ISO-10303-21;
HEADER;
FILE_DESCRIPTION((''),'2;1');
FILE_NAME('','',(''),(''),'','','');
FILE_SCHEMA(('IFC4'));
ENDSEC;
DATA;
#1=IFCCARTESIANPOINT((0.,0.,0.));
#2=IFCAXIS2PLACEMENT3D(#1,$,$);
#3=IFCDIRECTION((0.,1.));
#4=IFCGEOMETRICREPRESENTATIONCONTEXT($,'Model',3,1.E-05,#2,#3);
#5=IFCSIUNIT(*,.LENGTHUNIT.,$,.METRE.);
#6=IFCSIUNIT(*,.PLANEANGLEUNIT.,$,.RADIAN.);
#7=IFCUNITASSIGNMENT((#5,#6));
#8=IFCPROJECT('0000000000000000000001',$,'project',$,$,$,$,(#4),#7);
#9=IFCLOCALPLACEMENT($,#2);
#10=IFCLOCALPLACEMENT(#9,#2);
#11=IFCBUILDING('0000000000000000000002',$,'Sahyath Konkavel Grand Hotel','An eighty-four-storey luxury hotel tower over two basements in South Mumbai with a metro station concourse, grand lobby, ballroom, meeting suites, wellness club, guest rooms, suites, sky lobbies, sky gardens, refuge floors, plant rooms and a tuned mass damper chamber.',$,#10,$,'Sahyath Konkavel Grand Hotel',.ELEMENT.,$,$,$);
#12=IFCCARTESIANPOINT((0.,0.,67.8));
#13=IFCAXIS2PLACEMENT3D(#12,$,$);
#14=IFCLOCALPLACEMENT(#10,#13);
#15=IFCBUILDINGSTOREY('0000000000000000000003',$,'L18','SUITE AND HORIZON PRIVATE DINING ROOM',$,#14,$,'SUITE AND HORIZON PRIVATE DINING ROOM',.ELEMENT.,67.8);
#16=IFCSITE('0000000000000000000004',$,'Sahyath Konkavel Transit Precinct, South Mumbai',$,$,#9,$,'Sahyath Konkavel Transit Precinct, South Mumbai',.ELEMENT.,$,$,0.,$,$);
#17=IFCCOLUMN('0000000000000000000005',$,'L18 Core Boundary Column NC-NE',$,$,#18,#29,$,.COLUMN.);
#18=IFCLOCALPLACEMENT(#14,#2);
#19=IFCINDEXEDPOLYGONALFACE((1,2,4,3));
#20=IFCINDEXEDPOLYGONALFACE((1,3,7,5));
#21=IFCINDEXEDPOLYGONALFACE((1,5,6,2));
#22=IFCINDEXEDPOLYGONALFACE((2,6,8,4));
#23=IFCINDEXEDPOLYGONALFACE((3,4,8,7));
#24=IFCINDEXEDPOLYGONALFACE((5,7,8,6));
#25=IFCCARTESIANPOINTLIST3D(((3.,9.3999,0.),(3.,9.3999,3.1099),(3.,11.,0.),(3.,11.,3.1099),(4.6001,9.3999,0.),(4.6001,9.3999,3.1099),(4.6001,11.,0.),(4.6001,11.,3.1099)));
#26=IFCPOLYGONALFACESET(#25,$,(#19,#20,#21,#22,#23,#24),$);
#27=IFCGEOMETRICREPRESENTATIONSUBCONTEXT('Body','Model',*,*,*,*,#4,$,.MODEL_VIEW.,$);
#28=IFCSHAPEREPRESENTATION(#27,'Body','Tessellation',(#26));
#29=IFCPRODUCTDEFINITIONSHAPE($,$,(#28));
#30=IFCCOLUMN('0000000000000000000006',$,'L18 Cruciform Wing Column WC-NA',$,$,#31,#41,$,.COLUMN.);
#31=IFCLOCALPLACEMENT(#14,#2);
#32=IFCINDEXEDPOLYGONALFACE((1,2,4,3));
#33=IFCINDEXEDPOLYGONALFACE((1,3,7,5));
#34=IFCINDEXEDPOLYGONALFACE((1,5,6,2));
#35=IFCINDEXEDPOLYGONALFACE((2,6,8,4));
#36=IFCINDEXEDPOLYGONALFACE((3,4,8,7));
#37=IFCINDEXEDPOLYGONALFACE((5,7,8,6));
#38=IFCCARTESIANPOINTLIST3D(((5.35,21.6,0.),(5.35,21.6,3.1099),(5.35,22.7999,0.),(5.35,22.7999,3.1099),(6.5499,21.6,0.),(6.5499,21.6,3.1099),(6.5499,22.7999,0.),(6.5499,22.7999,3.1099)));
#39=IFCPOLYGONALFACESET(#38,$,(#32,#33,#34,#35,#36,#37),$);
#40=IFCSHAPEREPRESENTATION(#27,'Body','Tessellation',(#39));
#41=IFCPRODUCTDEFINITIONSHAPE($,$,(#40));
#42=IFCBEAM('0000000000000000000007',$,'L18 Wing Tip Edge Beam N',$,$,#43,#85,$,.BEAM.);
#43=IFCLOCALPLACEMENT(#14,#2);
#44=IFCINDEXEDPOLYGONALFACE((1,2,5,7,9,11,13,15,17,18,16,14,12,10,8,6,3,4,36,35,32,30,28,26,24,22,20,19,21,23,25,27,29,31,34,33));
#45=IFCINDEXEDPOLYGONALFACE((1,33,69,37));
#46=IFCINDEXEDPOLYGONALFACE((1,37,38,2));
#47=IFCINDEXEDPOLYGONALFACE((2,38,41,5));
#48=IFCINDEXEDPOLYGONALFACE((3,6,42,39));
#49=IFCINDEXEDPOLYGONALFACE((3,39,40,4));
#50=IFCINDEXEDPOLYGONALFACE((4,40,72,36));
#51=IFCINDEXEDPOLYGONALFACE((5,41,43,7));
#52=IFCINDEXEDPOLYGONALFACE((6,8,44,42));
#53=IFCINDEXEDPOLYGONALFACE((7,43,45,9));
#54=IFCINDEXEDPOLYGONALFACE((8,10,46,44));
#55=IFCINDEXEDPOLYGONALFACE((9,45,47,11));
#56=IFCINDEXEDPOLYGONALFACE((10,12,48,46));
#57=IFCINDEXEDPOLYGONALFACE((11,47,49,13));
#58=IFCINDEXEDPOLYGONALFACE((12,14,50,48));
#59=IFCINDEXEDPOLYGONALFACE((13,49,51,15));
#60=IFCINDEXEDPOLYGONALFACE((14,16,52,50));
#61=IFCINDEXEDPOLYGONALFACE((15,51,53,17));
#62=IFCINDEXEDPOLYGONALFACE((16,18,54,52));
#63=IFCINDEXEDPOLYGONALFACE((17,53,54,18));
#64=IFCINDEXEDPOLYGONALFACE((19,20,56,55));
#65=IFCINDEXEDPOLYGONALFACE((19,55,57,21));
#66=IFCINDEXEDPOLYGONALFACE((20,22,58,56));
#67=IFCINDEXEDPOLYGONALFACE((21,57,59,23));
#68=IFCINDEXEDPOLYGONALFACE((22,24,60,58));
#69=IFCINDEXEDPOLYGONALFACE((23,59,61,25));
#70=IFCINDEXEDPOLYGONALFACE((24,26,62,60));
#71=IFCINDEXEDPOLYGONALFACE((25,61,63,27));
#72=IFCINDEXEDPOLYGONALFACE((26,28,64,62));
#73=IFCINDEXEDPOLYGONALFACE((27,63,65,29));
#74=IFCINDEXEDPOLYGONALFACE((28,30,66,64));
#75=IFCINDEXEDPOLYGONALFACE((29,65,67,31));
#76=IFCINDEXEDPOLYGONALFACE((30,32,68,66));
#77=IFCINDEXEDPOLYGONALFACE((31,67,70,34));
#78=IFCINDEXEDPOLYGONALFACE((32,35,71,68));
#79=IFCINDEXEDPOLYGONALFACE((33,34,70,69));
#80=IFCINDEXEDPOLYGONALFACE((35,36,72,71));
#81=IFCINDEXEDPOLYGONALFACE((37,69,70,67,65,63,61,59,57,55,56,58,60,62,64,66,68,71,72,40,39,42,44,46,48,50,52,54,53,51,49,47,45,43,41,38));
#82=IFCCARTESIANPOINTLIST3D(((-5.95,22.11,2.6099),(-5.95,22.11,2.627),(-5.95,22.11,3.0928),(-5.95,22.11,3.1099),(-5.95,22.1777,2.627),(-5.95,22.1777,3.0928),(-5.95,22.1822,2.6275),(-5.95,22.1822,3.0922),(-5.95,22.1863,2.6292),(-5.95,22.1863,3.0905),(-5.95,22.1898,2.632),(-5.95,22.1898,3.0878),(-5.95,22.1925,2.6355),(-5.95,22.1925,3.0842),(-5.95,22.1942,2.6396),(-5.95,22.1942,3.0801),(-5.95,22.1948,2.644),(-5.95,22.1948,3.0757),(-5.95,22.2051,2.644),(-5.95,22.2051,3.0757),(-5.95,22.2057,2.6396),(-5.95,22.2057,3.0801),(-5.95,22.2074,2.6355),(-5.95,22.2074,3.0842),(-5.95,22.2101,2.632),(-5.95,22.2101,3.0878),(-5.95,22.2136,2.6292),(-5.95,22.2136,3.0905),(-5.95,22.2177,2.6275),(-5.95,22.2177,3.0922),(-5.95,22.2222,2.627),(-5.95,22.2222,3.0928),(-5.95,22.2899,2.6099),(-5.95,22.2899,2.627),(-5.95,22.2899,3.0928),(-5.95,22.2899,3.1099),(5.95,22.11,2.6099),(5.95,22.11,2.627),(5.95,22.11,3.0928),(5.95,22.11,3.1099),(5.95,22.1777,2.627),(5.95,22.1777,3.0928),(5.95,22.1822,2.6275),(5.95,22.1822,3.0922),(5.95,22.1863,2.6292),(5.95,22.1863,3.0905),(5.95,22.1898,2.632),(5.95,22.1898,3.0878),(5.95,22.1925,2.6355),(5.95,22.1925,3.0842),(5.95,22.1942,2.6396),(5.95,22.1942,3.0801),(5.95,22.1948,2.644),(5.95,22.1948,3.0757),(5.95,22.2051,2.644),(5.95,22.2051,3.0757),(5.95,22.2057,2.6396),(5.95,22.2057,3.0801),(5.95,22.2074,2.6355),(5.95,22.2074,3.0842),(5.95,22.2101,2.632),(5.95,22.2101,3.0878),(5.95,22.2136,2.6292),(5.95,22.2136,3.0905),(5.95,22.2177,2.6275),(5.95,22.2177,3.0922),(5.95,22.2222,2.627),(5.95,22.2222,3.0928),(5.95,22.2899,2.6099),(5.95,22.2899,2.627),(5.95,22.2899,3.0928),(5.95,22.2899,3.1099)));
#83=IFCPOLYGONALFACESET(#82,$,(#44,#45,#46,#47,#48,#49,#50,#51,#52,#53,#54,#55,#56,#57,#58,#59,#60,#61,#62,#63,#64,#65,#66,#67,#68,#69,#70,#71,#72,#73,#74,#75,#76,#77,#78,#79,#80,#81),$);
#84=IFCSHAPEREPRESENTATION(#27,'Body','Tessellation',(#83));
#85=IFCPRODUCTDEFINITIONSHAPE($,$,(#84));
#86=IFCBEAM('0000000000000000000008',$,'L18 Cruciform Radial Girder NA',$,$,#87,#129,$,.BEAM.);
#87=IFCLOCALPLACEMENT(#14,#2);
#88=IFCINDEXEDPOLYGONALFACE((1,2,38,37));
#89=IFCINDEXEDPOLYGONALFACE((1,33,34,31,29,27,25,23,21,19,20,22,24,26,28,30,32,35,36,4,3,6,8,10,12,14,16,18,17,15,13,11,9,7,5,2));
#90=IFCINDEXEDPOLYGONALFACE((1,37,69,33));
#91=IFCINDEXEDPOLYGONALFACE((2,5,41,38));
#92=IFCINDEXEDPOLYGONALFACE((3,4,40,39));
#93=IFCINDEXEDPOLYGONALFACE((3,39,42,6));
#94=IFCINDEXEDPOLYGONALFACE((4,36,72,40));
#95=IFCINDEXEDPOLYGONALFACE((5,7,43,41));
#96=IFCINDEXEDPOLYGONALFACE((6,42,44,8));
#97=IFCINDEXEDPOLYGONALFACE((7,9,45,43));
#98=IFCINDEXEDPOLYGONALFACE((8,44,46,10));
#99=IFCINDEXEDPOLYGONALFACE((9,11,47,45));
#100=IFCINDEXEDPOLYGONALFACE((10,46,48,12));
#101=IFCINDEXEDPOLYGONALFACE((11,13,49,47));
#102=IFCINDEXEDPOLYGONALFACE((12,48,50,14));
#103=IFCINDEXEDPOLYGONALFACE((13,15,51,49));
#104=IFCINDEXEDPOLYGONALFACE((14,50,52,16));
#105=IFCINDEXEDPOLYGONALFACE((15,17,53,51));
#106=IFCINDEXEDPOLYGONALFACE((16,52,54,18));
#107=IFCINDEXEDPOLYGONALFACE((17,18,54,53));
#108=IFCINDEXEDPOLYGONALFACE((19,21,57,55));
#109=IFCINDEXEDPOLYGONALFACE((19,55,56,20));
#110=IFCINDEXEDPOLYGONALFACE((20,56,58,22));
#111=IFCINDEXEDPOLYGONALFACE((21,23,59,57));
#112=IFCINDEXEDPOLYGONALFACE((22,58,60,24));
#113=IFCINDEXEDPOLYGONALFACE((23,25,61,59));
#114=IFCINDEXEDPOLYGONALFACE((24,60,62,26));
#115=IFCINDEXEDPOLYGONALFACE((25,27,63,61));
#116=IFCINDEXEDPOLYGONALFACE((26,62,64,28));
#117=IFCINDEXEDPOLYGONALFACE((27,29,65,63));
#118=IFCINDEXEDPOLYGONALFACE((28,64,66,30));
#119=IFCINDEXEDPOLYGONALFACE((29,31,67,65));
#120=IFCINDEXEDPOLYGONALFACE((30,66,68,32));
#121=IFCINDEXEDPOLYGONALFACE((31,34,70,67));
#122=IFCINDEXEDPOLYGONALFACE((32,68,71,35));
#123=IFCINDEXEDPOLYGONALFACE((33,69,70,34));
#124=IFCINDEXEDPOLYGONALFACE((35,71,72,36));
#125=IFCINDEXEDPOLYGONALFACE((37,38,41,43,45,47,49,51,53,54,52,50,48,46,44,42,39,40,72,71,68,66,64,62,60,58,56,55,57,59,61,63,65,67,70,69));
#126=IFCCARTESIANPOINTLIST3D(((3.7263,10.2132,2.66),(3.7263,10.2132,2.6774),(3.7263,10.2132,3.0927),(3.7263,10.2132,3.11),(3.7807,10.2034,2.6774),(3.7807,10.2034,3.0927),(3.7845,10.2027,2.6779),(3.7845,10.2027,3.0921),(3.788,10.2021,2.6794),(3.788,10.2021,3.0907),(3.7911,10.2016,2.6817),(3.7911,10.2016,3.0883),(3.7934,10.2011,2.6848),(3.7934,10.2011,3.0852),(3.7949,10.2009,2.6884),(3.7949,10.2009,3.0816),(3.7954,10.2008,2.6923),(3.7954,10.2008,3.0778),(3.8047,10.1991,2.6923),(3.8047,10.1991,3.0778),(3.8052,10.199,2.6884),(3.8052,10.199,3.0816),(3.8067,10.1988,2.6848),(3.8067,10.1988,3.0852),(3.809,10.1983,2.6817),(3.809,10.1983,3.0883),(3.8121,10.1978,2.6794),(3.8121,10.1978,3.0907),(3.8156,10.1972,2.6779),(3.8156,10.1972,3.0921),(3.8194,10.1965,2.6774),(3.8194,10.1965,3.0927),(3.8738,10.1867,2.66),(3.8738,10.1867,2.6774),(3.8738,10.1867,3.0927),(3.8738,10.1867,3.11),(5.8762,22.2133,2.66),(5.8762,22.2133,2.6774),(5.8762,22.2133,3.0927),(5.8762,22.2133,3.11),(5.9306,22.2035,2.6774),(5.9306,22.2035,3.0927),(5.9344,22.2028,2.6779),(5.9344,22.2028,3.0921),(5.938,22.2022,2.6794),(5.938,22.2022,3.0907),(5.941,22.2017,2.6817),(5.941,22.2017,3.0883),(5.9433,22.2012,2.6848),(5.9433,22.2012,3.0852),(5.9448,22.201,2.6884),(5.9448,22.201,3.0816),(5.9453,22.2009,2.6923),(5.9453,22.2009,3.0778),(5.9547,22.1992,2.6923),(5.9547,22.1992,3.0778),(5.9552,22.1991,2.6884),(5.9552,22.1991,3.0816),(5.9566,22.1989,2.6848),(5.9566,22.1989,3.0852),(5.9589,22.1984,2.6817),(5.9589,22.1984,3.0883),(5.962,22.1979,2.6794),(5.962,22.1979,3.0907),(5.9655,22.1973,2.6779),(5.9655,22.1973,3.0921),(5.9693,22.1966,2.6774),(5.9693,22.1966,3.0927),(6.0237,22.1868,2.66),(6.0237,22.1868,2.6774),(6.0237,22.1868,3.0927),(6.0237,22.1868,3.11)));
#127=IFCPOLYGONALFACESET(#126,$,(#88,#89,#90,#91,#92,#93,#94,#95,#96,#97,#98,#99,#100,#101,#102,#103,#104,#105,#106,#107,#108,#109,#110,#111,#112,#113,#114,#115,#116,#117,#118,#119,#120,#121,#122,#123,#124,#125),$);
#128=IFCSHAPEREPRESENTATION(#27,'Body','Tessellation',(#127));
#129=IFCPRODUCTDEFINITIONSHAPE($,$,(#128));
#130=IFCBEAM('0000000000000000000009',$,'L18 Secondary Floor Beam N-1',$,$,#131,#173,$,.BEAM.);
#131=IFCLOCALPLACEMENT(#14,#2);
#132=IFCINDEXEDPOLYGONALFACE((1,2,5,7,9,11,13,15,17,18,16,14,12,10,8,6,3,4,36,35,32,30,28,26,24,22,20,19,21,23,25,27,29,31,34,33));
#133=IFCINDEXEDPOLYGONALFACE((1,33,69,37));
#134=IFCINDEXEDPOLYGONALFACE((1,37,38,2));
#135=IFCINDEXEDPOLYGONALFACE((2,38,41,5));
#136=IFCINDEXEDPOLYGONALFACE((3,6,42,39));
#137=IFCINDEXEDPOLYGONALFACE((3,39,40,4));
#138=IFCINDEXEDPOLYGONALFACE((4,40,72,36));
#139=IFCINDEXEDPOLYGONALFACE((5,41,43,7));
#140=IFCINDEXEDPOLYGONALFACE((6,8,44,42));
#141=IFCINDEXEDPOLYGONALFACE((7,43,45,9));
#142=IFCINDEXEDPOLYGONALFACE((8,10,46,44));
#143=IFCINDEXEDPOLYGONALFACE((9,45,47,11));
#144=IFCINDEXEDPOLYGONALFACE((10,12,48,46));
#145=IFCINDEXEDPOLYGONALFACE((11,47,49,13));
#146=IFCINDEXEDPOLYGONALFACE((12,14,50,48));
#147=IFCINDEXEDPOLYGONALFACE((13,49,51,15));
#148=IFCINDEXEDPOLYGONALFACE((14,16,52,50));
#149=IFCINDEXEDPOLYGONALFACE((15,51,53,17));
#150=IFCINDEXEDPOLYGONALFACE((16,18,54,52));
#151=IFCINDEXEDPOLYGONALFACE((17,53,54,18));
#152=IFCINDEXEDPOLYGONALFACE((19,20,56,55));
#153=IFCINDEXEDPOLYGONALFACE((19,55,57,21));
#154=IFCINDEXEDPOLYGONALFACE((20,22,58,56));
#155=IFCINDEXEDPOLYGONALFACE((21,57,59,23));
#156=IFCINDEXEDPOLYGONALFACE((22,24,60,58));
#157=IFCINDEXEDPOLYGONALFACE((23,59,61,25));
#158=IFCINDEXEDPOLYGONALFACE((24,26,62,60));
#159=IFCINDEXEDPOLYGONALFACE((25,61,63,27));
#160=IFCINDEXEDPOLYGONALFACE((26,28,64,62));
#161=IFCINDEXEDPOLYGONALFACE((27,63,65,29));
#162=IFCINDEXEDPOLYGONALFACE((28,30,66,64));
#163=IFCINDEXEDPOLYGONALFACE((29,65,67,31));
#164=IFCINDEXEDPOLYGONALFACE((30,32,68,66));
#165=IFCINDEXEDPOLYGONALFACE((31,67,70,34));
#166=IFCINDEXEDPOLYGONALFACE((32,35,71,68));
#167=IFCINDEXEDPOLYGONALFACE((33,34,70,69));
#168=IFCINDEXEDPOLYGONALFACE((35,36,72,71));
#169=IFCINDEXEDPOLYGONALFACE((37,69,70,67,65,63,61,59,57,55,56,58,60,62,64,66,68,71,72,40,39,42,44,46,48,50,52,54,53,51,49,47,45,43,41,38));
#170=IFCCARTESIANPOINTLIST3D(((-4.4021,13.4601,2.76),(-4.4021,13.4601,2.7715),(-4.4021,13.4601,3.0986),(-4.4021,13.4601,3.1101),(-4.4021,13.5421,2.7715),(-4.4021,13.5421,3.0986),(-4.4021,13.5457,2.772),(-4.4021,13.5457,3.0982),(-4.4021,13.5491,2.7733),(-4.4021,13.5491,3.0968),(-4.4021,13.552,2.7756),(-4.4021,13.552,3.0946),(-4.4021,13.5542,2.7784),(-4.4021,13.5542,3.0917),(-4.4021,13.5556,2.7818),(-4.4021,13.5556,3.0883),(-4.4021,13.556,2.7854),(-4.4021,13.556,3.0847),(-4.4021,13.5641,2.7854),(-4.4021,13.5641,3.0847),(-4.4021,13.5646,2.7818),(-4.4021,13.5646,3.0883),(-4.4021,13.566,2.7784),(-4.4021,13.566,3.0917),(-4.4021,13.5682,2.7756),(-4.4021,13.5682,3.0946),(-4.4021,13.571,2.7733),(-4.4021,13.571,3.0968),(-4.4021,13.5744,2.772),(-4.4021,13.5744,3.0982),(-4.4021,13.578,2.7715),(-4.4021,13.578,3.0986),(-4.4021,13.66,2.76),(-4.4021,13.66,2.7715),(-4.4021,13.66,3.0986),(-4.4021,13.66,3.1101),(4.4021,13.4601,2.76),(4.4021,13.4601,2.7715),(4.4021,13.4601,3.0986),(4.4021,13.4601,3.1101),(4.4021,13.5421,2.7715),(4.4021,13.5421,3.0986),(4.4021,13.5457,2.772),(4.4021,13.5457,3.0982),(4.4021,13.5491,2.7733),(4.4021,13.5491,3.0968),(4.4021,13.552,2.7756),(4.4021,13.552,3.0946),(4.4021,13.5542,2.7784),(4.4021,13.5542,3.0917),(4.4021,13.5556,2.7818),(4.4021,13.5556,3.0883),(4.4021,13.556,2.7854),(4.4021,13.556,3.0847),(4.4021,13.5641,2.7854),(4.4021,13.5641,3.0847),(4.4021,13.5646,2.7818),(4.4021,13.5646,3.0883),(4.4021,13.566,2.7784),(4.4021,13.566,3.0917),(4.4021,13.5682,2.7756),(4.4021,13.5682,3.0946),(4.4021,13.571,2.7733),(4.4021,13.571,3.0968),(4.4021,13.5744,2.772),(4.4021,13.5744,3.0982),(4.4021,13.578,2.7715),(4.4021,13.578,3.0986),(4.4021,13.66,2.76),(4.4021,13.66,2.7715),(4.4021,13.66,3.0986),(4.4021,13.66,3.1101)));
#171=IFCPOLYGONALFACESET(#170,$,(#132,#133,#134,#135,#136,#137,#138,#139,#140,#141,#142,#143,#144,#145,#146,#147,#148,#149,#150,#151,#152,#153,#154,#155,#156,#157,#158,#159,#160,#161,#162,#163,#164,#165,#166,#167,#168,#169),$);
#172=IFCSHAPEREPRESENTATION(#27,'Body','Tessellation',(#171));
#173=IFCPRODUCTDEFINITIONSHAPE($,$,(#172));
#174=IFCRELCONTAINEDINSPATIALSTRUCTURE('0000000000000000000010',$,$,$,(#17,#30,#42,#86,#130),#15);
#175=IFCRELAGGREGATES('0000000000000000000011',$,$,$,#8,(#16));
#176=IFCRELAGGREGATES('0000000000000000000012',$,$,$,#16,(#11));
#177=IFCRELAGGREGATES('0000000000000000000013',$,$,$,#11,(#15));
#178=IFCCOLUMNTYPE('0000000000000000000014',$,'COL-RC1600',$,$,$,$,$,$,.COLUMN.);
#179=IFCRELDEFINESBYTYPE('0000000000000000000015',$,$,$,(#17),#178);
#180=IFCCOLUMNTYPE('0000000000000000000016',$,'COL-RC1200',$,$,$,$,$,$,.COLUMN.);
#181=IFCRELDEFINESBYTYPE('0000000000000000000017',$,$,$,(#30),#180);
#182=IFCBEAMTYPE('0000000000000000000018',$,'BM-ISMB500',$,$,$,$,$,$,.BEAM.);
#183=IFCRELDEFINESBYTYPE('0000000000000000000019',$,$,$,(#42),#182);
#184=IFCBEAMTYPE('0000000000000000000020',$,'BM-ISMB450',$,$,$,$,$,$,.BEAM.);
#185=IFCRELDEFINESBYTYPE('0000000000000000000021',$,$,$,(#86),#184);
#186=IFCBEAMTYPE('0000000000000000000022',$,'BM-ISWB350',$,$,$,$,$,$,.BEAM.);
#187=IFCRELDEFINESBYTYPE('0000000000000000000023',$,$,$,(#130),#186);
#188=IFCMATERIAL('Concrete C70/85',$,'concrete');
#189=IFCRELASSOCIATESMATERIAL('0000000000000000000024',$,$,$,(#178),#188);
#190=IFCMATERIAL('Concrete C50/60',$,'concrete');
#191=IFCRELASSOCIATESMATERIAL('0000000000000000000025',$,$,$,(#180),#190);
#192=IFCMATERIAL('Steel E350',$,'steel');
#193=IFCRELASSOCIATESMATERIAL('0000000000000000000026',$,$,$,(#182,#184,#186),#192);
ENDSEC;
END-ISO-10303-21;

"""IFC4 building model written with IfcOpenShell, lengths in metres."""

from ifc_helpers import new_model, si_unit, direction, frame, origin, origin_2d, place, context, subcontext, project, spatial, rectangle, i_section, extrude, source, transform, mapped, material, material_profile, profile_set, type_object, element, save


model = new_model("IFC4")

# Units and contexts
model_context = context("Model", 3, precision=1e-05, world=origin(), true_north=direction((0.0, 1.0)))
body_context = subcontext(model_context, "Body", "Model", "MODEL_VIEW")
ifc_project = project(units=[si_unit("LENGTHUNIT", "METRE"), si_unit("PLANEANGLEUNIT", "RADIAN")], contexts=[model_context])

# Site, building, storey
site_placement = place(None, origin())
site = spatial("IfcSite", under=ifc_project, at=site_placement, Name="Sahyath Konkavel Transit Precinct, South Mumbai", LongName="Sahyath Konkavel Transit Precinct, South Mumbai", CompositionType="ELEMENT", RefElevation=0.0)
building_placement = place(site_placement, origin())
building = spatial("IfcBuilding", under=site, at=building_placement, Name="Sahyath Konkavel Grand Hotel", Description="An eighty-four-storey luxury hotel tower over two basements in South Mumbai with a metro station concourse, grand lobby, ballroom, meeting suites, wellness club, guest rooms, suites, sky lobbies, sky gardens, refuge floors, plant rooms and a tuned mass damper chamber.", LongName="Sahyath Konkavel Grand Hotel", CompositionType="ELEMENT")
storey_placement = place(building_placement, frame((0.0, 0.0, 67.8)))
storey = spatial("IfcBuildingStorey", under=building, at=storey_placement, Name="L18", Description="SUITE AND HORIZON PRIVATE DINING ROOM", LongName="SUITE AND HORIZON PRIVATE DINING ROOM", CompositionType="ELEMENT", Elevation=67.8)

# Columns
ifc_material_1 = material(Name="Concrete C70/85", Category="concrete")
ifc_material_profile_1 = material_profile(ifc_material_1, rectangle(XDim=1.6001, YDim=1.6001, at=origin_2d()), Name="RC 1600x1600")
ifc_profile_set_1 = profile_set([ifc_material_profile_1], Name="Concrete C70/85")
column_type_1 = type_object("IfcColumnType", Name="COL-RC1600", PredefinedType="COLUMN", material=ifc_profile_set_1)
shared_shape_1 = source(origin(), body_context, "Body", "SweptSolid", [
    extrude(rectangle(XDim=1.6001, YDim=1.6001, at=origin_2d()), origin(), (0.0, 0.0, 1.0), 3.1099),
])
column_1_placement = place(storey_placement, frame((3.8, 10.2, 0.0), z_axis=(0.0, 0.0, 1.0), x_axis=(1.0, 0.0, 0.0)))
element("IfcColumn", 1, at=column_1_placement, inside=storey, type_object=column_type_1, Name="L18 Core Boundary Column NC-NE", PredefinedType="COLUMN", context=body_context, shape_type="MappedRepresentation", body=[
    mapped(shared_shape_1, transform((0.0, 0.0, 0.0), scale=1.0)),
])
ifc_material_2 = material(Name="Concrete C50/60", Category="concrete")
ifc_material_profile_2 = material_profile(ifc_material_2, rectangle(XDim=1.2, YDim=1.2, at=origin_2d()), Name="RC 1200x1200")
ifc_profile_set_2 = profile_set([ifc_material_profile_2], Name="Concrete C50/60")
column_type_2 = type_object("IfcColumnType", Name="COL-RC1200", PredefinedType="COLUMN", material=ifc_profile_set_2)
shared_shape_2 = source(origin(), body_context, "Body", "SweptSolid", [
    extrude(rectangle(XDim=1.2, YDim=1.2, at=origin_2d()), origin(), (0.0, 0.0, 1.0), 3.1099),
])
column_2_placement = place(storey_placement, frame((5.95, 22.2, 0.0), z_axis=(0.0, 0.0, 1.0), x_axis=(1.0, 0.0, 0.0)))
element("IfcColumn", 2, at=column_2_placement, inside=storey, type_object=column_type_2, Name="L18 Cruciform Wing Column WC-NA", PredefinedType="COLUMN", context=body_context, shape_type="MappedRepresentation", body=[
    mapped(shared_shape_2, transform((0.0, 0.0, 0.0), scale=1.0)),
])

# Beams
ifc_material_3 = material(Name="Steel E350", Category="steel")
ifc_material_profile_3 = material_profile(ifc_material_3, i_section(OverallWidth=0.1799, OverallDepth=0.5, WebThickness=0.0103, FlangeThickness=0.0171, FilletRadius=0.0171, at=origin_2d()), Name="ISMB 500")
ifc_profile_set_3 = profile_set([ifc_material_profile_3], Name="Steel E350")
beam_type_1 = type_object("IfcBeamType", Name="BM-ISMB500", PredefinedType="BEAM", material=ifc_profile_set_3)
shared_shape_3 = source(origin(), body_context, "Body", "SweptSolid", [
    extrude(i_section(OverallWidth=0.1799, OverallDepth=0.5, WebThickness=0.0103, FlangeThickness=0.0171, FilletRadius=0.0171, at=origin_2d()), origin(), (0.0, 0.0, 1.0), 11.8999),
])
beam_1_placement = place(storey_placement, frame((5.95, 22.2, 2.8599), z_axis=(-1.0, 0.0, 0.0), x_axis=(0.0, -1.0, 0.0)))
element("IfcBeam", 3, at=beam_1_placement, inside=storey, type_object=beam_type_1, Name="L18 Wing Tip Edge Beam N", PredefinedType="BEAM", context=body_context, shape_type="MappedRepresentation", body=[
    mapped(shared_shape_3, transform((0.0, 0.0, 0.0), scale=1.0)),
])
ifc_material_profile_4 = material_profile(ifc_material_3, i_section(OverallWidth=0.1499, OverallDepth=0.45, WebThickness=0.0095, FlangeThickness=0.0173, FilletRadius=0.0149, at=origin_2d()), Name="ISMB 450")
ifc_profile_set_4 = profile_set([ifc_material_profile_4], Name="Steel E350")
beam_type_2 = type_object("IfcBeamType", Name="BM-ISMB450", PredefinedType="BEAM", material=ifc_profile_set_4)
shared_shape_4 = source(origin(), body_context, "Body", "SweptSolid", [
    extrude(i_section(OverallWidth=0.1499, OverallDepth=0.45, WebThickness=0.0095, FlangeThickness=0.0173, FilletRadius=0.0149, at=origin_2d()), origin(), (0.0, 0.0, 1.0), 12.1912),
])
beam_2_placement = place(storey_placement, frame((3.8, 10.2, 2.885), z_axis=(0.176351, 0.984327, 0.0), x_axis=(-0.984327, 0.176351, 0.0)))
element("IfcBeam", 4, at=beam_2_placement, inside=storey, type_object=beam_type_2, Name="L18 Cruciform Radial Girder NA", PredefinedType="BEAM", context=body_context, shape_type="MappedRepresentation", body=[
    mapped(shared_shape_4, transform((0.0, 0.0, 0.0), scale=1.0)),
])
ifc_material_profile_5 = material_profile(ifc_material_3, i_section(OverallWidth=0.2, OverallDepth=0.3501, WebThickness=0.0081, FlangeThickness=0.0115, FilletRadius=0.0139, at=origin_2d()), Name="ISWB 350")
ifc_profile_set_5 = profile_set([ifc_material_profile_5], Name="Steel E350")
beam_type_3 = type_object("IfcBeamType", Name="BM-ISWB350", PredefinedType="BEAM", material=ifc_profile_set_5)
shared_shape_5 = source(origin(), body_context, "Body", "SweptSolid", [
    extrude(i_section(OverallWidth=0.2, OverallDepth=0.3501, WebThickness=0.0081, FlangeThickness=0.0115, FilletRadius=0.0139, at=origin_2d()), origin(), (0.0, 0.0, 1.0), 8.8042),
])
beam_3_placement = place(storey_placement, frame((4.4021, 13.5601, 2.9351), z_axis=(-1.0, 0.0, 0.0), x_axis=(0.0, -1.0, 0.0)))
element("IfcBeam", 5, at=beam_3_placement, inside=storey, type_object=beam_type_3, Name="L18 Secondary Floor Beam N-1", PredefinedType="BEAM", context=body_context, shape_type="MappedRepresentation", body=[
    mapped(shared_shape_5, transform((0.0, 0.0, 0.0), scale=1.0)),
])

save(model, "model.ifc")
